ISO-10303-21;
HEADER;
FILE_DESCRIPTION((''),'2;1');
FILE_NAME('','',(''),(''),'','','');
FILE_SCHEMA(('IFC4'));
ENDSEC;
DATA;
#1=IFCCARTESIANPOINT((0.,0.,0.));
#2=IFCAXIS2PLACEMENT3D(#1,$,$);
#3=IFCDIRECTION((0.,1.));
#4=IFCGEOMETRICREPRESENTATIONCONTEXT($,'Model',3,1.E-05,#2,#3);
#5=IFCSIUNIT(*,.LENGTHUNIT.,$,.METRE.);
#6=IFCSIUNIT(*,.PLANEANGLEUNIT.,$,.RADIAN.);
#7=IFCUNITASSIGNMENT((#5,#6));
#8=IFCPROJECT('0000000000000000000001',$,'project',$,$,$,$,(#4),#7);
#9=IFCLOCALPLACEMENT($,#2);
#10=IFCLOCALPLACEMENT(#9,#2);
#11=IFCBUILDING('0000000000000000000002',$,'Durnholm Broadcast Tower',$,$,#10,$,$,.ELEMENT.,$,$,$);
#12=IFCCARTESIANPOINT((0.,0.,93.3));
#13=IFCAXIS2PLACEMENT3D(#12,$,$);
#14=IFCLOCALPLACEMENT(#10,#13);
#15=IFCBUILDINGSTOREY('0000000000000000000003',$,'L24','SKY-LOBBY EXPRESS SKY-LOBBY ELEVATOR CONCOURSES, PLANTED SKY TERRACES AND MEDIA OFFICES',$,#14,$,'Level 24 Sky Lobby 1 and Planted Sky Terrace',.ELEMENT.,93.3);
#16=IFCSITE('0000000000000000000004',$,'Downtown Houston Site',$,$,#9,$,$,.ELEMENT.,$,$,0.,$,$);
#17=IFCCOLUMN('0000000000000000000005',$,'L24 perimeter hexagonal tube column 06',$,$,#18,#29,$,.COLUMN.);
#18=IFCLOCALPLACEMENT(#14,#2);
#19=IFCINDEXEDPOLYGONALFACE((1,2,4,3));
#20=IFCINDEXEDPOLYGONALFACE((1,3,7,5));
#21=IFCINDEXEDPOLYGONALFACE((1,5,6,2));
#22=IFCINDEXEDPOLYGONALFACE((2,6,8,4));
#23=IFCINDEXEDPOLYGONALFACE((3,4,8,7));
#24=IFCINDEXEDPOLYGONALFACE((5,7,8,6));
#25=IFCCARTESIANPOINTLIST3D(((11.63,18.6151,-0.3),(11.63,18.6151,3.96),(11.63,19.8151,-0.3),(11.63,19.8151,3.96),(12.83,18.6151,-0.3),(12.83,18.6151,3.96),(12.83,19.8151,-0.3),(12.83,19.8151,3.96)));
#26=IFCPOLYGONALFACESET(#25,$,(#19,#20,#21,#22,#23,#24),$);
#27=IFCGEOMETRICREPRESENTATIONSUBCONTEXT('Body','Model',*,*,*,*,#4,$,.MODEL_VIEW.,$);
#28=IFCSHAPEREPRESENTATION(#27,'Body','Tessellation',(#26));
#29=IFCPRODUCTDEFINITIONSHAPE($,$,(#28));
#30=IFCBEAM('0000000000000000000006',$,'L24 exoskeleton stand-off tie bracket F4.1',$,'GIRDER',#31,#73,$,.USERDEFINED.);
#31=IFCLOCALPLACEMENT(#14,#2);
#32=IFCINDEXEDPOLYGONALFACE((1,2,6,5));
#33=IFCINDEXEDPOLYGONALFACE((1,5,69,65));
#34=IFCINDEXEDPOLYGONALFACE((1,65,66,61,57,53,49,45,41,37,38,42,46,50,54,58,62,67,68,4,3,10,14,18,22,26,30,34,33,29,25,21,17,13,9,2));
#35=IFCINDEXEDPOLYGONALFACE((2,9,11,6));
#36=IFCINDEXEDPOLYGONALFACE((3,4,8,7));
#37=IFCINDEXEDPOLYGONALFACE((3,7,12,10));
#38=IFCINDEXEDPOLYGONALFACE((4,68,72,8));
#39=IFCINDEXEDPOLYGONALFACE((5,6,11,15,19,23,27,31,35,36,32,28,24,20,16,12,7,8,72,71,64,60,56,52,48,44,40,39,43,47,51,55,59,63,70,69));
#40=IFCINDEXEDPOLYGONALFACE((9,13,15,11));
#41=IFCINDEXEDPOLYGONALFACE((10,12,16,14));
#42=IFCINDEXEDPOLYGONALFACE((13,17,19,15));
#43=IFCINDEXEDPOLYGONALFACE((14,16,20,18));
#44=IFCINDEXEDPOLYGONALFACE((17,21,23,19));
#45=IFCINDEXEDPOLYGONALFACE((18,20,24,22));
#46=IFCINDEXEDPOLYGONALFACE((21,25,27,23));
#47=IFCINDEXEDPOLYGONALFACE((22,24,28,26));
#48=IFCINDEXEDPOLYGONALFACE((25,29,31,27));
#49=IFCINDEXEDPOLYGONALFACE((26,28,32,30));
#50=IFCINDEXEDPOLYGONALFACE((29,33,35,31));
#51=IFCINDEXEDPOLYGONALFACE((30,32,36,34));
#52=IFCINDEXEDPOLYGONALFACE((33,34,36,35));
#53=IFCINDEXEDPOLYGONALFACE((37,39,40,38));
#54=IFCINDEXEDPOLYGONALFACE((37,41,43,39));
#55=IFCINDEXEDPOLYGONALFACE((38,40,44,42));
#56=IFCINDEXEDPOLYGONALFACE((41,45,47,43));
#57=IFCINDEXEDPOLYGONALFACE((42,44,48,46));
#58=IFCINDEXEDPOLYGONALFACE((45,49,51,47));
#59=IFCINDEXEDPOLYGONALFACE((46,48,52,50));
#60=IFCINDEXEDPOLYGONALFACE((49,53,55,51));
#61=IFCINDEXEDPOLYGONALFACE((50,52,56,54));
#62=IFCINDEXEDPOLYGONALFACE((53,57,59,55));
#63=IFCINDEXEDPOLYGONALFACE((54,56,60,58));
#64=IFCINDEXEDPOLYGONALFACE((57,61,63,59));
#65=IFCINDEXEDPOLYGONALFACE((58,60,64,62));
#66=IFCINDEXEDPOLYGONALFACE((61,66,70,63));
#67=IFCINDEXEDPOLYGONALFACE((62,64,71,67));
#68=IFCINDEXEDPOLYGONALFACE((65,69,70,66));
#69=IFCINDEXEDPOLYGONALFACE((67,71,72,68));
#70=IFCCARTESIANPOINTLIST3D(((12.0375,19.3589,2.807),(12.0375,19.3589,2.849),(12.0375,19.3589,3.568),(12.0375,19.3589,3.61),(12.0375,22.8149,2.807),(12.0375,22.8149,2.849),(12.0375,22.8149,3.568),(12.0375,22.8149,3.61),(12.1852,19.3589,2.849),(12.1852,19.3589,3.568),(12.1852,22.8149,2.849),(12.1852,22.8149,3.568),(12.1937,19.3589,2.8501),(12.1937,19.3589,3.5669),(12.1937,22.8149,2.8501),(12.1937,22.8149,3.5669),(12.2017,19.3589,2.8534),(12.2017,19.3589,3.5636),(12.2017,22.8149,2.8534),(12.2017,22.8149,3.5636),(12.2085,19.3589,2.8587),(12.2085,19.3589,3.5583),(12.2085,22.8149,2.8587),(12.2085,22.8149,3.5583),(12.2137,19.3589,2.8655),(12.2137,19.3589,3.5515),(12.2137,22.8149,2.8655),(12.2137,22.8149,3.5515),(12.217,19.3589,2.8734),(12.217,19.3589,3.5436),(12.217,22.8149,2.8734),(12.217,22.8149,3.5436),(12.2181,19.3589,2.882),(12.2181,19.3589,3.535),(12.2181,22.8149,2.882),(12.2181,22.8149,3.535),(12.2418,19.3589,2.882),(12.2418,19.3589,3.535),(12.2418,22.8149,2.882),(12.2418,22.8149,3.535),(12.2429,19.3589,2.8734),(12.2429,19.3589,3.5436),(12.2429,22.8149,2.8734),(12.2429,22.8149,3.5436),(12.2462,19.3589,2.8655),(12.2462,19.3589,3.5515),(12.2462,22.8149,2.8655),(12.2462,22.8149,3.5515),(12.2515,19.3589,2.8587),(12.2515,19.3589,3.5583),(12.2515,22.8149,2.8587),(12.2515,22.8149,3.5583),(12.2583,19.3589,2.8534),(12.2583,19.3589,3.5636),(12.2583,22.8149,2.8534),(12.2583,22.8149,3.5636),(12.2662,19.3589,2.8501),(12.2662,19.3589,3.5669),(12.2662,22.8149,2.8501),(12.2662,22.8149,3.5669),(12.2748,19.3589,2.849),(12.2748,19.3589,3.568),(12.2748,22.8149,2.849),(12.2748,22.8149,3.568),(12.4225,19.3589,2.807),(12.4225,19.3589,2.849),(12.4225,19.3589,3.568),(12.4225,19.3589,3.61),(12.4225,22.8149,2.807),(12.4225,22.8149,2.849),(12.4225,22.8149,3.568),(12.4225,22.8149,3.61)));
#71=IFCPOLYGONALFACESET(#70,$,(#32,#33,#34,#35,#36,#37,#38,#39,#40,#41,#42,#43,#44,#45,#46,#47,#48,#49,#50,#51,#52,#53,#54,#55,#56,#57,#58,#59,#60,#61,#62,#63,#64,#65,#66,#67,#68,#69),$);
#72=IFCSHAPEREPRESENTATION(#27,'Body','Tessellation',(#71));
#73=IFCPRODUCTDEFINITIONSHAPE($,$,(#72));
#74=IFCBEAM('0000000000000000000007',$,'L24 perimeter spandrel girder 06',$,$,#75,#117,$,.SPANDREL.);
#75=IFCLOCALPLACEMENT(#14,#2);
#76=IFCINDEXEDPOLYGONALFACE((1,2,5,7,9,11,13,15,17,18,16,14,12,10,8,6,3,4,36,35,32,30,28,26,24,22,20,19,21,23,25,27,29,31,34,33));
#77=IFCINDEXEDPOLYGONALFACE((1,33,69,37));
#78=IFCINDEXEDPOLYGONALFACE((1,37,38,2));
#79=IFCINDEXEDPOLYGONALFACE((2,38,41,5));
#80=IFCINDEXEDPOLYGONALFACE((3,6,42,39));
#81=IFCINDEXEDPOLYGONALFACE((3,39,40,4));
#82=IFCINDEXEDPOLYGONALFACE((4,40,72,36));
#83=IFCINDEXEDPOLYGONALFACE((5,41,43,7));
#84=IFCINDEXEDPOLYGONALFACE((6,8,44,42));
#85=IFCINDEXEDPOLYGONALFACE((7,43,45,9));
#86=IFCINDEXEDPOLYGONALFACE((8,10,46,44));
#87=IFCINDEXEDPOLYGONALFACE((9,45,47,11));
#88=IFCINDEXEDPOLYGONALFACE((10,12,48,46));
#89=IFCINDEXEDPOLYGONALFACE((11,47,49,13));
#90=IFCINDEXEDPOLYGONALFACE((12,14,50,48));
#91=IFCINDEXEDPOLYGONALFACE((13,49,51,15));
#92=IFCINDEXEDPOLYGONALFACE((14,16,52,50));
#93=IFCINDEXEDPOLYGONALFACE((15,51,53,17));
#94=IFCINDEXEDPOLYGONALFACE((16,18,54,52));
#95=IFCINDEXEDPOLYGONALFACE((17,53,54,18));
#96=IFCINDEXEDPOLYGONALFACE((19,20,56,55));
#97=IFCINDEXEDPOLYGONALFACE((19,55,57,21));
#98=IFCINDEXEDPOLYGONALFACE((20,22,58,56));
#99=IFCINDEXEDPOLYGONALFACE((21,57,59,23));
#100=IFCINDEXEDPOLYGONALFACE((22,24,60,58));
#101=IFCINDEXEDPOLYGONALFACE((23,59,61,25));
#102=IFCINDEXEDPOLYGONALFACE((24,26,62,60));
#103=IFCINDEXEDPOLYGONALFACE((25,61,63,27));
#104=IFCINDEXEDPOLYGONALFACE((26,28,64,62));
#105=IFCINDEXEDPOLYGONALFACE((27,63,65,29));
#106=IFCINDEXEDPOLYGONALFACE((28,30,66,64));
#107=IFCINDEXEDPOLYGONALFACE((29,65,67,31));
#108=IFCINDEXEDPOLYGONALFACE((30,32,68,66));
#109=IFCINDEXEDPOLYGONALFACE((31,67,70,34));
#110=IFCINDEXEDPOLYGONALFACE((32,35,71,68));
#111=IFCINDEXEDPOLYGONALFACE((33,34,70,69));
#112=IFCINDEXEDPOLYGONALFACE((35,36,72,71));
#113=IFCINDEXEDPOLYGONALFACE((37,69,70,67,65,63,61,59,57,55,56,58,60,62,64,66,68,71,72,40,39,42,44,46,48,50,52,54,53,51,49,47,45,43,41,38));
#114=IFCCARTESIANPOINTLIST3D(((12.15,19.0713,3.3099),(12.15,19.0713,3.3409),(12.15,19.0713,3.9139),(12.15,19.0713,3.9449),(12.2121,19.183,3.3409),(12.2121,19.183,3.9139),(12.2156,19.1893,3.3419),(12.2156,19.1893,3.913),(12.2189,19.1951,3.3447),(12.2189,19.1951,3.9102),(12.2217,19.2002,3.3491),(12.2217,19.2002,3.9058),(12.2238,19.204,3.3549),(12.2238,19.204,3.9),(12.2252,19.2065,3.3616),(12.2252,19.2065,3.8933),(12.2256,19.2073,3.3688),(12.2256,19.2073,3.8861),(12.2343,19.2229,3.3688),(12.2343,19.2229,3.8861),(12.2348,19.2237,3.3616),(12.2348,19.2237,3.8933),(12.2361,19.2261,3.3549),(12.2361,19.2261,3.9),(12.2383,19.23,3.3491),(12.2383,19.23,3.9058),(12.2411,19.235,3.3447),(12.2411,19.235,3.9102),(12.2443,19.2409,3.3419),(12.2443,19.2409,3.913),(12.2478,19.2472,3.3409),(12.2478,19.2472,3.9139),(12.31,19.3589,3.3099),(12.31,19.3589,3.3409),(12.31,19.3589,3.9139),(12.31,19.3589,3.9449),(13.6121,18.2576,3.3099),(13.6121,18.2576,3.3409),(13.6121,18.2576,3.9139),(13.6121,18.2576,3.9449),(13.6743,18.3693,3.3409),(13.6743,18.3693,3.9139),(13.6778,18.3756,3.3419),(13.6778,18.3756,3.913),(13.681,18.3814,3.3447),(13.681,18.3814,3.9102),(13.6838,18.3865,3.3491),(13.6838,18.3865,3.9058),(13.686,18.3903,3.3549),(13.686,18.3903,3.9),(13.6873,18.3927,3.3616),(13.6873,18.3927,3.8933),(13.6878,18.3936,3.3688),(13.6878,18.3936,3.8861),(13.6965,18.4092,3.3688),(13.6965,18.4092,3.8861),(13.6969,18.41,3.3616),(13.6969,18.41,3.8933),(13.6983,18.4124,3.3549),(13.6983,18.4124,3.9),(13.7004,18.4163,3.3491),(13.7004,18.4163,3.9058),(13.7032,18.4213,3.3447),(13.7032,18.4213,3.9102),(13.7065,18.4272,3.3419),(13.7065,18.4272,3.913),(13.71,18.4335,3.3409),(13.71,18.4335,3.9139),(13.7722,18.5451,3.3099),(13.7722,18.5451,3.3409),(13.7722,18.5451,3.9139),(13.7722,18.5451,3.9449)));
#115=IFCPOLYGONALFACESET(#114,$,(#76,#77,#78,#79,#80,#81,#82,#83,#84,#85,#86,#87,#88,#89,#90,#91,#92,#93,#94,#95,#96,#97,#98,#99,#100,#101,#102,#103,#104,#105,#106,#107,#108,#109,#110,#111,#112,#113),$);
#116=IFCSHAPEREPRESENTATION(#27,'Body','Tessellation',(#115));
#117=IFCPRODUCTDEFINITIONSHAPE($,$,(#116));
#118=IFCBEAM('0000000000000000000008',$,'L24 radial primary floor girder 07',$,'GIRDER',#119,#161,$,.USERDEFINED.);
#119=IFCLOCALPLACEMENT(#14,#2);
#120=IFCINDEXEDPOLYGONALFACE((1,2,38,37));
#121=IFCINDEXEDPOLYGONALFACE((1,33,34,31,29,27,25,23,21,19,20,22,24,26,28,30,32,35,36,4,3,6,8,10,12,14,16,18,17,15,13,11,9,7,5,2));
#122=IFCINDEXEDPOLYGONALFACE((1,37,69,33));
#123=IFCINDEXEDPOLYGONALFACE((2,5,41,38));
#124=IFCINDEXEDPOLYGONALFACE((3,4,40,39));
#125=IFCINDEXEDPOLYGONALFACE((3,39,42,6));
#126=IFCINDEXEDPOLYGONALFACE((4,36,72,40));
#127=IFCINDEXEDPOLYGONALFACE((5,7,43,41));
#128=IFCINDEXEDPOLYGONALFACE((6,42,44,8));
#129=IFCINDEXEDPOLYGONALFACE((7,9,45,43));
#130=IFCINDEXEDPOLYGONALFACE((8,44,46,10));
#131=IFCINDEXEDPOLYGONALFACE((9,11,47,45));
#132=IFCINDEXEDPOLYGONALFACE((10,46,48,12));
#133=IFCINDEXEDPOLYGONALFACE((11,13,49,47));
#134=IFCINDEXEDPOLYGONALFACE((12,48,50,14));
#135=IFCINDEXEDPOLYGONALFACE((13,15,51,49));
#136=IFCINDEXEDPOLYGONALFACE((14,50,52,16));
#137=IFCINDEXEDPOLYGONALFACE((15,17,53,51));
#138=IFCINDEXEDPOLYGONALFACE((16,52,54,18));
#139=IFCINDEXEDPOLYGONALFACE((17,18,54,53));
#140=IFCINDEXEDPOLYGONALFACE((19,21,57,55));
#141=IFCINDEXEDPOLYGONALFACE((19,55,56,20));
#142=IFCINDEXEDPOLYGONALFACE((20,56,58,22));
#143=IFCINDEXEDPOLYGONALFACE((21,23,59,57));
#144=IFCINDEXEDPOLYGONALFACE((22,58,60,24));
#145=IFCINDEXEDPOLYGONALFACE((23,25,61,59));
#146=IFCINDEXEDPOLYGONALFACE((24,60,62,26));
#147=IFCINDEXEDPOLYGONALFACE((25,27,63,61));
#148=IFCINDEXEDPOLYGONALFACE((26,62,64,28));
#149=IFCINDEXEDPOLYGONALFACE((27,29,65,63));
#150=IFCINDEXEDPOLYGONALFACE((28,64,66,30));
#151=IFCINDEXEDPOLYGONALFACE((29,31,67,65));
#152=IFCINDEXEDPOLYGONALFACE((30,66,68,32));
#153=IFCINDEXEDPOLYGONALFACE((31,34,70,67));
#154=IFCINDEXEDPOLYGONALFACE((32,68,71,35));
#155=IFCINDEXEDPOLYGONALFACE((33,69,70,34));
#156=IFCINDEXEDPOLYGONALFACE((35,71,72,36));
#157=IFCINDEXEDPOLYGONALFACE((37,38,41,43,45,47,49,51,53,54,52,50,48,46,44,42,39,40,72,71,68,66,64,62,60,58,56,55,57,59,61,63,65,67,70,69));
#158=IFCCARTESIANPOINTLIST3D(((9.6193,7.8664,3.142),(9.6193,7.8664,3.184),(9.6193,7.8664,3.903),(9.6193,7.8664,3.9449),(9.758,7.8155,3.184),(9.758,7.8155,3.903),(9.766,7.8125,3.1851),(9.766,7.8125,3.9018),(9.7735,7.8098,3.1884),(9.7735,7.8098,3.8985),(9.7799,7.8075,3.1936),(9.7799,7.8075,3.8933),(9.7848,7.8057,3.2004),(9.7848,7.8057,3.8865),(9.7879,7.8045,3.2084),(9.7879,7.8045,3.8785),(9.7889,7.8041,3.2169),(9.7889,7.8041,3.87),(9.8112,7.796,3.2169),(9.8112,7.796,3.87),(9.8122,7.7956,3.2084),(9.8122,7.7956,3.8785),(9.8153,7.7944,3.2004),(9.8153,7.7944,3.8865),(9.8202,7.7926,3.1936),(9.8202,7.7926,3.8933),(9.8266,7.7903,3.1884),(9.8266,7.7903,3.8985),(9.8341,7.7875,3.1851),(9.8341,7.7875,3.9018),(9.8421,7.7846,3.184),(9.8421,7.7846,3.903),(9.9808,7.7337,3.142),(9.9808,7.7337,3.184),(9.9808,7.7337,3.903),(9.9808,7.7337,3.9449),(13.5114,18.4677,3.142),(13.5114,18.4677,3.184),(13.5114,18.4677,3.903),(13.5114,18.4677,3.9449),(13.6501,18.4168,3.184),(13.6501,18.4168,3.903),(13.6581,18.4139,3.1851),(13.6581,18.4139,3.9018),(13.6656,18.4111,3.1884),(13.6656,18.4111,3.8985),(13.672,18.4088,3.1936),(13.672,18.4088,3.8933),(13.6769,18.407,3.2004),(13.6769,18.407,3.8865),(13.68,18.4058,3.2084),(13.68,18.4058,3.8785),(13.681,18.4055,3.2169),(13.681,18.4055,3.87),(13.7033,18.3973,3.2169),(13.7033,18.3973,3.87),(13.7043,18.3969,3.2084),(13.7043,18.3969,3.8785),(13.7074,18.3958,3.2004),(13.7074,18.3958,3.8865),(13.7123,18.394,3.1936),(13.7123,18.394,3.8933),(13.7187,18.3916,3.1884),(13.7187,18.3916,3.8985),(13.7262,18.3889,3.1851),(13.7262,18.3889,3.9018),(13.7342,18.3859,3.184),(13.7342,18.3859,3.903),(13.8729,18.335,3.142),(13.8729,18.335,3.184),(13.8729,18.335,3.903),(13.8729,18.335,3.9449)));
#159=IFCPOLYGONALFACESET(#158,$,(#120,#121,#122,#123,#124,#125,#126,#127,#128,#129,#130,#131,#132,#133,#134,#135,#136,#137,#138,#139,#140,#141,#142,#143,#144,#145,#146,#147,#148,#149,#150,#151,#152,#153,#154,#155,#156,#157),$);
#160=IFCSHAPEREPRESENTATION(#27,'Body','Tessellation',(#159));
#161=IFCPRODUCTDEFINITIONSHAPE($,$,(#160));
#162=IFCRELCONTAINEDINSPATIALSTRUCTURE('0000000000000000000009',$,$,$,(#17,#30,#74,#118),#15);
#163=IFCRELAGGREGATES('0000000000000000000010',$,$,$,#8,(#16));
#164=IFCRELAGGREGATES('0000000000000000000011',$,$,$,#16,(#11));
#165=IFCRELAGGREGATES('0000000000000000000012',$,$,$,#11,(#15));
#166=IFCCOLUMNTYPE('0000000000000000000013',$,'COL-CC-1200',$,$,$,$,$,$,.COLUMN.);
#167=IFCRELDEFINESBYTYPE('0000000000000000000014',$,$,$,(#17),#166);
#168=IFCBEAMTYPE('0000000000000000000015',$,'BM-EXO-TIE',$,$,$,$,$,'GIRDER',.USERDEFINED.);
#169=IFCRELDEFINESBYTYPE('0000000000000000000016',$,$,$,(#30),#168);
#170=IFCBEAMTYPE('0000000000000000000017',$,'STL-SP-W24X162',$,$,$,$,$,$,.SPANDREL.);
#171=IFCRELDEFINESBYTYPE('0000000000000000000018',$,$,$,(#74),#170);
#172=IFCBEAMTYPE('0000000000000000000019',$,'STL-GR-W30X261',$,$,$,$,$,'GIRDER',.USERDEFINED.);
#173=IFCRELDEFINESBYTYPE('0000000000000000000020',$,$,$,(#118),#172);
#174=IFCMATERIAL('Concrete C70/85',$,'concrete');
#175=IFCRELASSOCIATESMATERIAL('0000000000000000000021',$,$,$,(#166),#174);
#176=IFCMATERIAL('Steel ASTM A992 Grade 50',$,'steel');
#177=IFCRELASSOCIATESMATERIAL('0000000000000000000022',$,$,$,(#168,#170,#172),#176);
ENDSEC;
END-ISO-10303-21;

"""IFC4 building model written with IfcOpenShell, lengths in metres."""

from ifc_helpers import new_model, si_unit, direction, frame, origin, origin_2d, place, context, subcontext, project, spatial, rectangle, i_section, extrude, source, transform, mapped, material, material_profile, profile_set, type_object, type_shapes, element, save


model = new_model("IFC4")

# Units and contexts
model_context = context("Model", 3, precision=1e-05, world=origin(), true_north=direction((0.0, 1.0)))
body_context = subcontext(model_context, "Body", "Model", "MODEL_VIEW")
ifc_project = project(units=[si_unit("LENGTHUNIT", "METRE"), si_unit("PLANEANGLEUNIT", "RADIAN")], contexts=[model_context])

# Site, building, storey
site_placement = place(None, origin())
site = spatial("IfcSite", under=ifc_project, at=site_placement, Name="Downtown Houston Site", CompositionType="ELEMENT", RefElevation=0.0)
building_placement = place(site_placement, origin())
building = spatial("IfcBuilding", under=site, at=building_placement, Name="Durnholm Broadcast Tower", CompositionType="ELEMENT")
storey_placement = place(building_placement, frame((0.0, 0.0, 93.3)))
storey = spatial("IfcBuildingStorey", under=building, at=storey_placement, Name="L24", Description="SKY-LOBBY EXPRESS SKY-LOBBY ELEVATOR CONCOURSES, PLANTED SKY TERRACES AND MEDIA OFFICES", LongName="Level 24 Sky Lobby 1 and Planted Sky Terrace", CompositionType="ELEMENT", Elevation=93.3)

# Column
ifc_material_1 = material(Name="Concrete C70/85", Category="concrete")
ifc_material_profile_1 = material_profile(ifc_material_1, rectangle(XDim=1.2, YDim=1.2, at=origin_2d()), Name="RC1200X1200")
ifc_profile_set_1 = profile_set([ifc_material_profile_1], Name="Concrete C70/85")
column_type = type_object("IfcColumnType", Name="COL-CC-1200", PredefinedType="COLUMN", material=ifc_profile_set_1)
shared_shape_1 = source(origin(), body_context, "Body", "SweptSolid", [
    extrude(rectangle(XDim=1.2, YDim=1.2, at=origin_2d()), origin(), (0.0, 0.0, 1.0), 4.26),
])
type_shapes(column_type, [shared_shape_1])
column_placement = place(storey_placement, frame((12.23, 19.2151, -0.3), z_axis=(0.0, 0.0, 1.0), x_axis=(1.0, 0.0, 0.0)))
element("IfcColumn", 1, at=column_placement, inside=storey, type_object=column_type, Name="L24 perimeter hexagonal tube column 06", PredefinedType="COLUMN", context=body_context, shape_type="MappedRepresentation", body=[
    mapped(shared_shape_1, transform((0.0, 0.0, 0.0), x_axis=(1.0, 0.0, 0.0), y_axis=(0.0, 1.0, 0.0), z_axis=(0.0, 0.0, 1.0), scale=1.0)),
])

# Beams
ifc_material_2 = material(Name="Steel ASTM A992 Grade 50", Category="steel")
ifc_material_profile_2 = material_profile(ifc_material_2, i_section(OverallWidth=0.385, OverallDepth=0.803, WebThickness=0.0237, FlangeThickness=0.042, FilletRadius=0.033, at=origin_2d()), Name="W30X261")
ifc_profile_set_2 = profile_set([ifc_material_profile_2], Name="Steel ASTM A992 Grade 50")
beam_type_1 = type_object("IfcBeamType", Name="BM-EXO-TIE", ElementType="GIRDER", PredefinedType="USERDEFINED", material=ifc_profile_set_2)
shared_shape_2 = source(origin(), body_context, "Body", "SweptSolid", [
    extrude(i_section(OverallWidth=0.385, OverallDepth=0.803, WebThickness=0.0237, FlangeThickness=0.042, FilletRadius=0.033, at=origin_2d()), origin(), (0.0, 0.0, 1.0), 3.4561),
])
beam_1_placement = place(storey_placement, frame((12.23, 19.3589, 3.2085), z_axis=(0.0, 1.0, 0.0), x_axis=(-1.0, 0.0, 0.0)))
element("IfcBeam", 2, at=beam_1_placement, inside=storey, type_object=beam_type_1, Name="L24 exoskeleton stand-off tie bracket F4.1", ObjectType="GIRDER", PredefinedType="USERDEFINED", context=body_context, shape_type="MappedRepresentation", body=[
    mapped(shared_shape_2, transform((0.0, 0.0, 0.0), x_axis=(1.0, 0.0, 0.0), y_axis=(0.0, 1.0, 0.0), z_axis=(0.0, 0.0, 1.0), scale=1.0)),
])
ifc_material_profile_3 = material_profile(ifc_material_2, i_section(OverallWidth=0.3291, OverallDepth=0.635, WebThickness=0.0178, FlangeThickness=0.031, FilletRadius=0.0278, at=origin_2d()), Name="W24X162")
ifc_profile_set_3 = profile_set([ifc_material_profile_3], Name="Steel ASTM A992 Grade 50")
beam_type_2 = type_object("IfcBeamType", Name="STL-SP-W24X162", PredefinedType="SPANDREL", material=ifc_profile_set_3)
shared_shape_3 = source(origin(), body_context, "Body", "SweptSolid", [
    extrude(i_section(OverallWidth=0.3291, OverallDepth=0.635, WebThickness=0.0178, FlangeThickness=0.031, FilletRadius=0.0278, at=origin_2d()), origin(), (0.0, 0.0, 1.0), 1.6733),
])
type_shapes(beam_type_2, [shared_shape_3])
beam_2_placement = place(storey_placement, frame((12.23, 19.2151, 3.6274), z_axis=(0.873799, -0.486287, 0.0), x_axis=(0.486287, 0.873799, 0.0)))
element("IfcBeam", 3, at=beam_2_placement, inside=storey, type_object=beam_type_2, Name="L24 perimeter spandrel girder 06", PredefinedType="SPANDREL", context=body_context, shape_type="MappedRepresentation", body=[
    mapped(shared_shape_3, transform((0.0, 0.0, 0.0), x_axis=(1.0, 0.0, 0.0), y_axis=(0.0, 1.0, 0.0), z_axis=(0.0, 0.0, 1.0), scale=1.0)),
])
ifc_material_profile_4 = material_profile(ifc_material_2, i_section(OverallWidth=0.385, OverallDepth=0.803, WebThickness=0.0237, FlangeThickness=0.042, FilletRadius=0.033, at=origin_2d()), Name="W30X261")
ifc_profile_set_4 = profile_set([ifc_material_profile_4], Name="Steel ASTM A992 Grade 50")
beam_type_3 = type_object("IfcBeamType", Name="STL-GR-W30X261", ElementType="GIRDER", PredefinedType="USERDEFINED", material=ifc_profile_set_4)
shared_shape_4 = source(origin(), body_context, "Body", "SweptSolid", [
    extrude(i_section(OverallWidth=0.385, OverallDepth=0.803, WebThickness=0.0237, FlangeThickness=0.042, FilletRadius=0.033, at=origin_2d()), origin(), (0.0, 0.0, 1.0), 11.2932),
])
type_shapes(beam_type_3, [shared_shape_4])
beam_3_placement = place(storey_placement, frame((9.8, 7.8, 3.5435), z_axis=(0.34464, 0.938735, 0.0), x_axis=(-0.938735, 0.34464, 0.0)))
element("IfcBeam", 4, at=beam_3_placement, inside=storey, type_object=beam_type_3, Name="L24 radial primary floor girder 07", ObjectType="GIRDER", PredefinedType="USERDEFINED", context=body_context, shape_type="MappedRepresentation", body=[
    mapped(shared_shape_4, transform((0.0, 0.0, 0.0), x_axis=(1.0, 0.0, 0.0), y_axis=(0.0, 1.0, 0.0), z_axis=(0.0, 0.0, 1.0), scale=1.0)),
])

save(model, "model.ifc")
